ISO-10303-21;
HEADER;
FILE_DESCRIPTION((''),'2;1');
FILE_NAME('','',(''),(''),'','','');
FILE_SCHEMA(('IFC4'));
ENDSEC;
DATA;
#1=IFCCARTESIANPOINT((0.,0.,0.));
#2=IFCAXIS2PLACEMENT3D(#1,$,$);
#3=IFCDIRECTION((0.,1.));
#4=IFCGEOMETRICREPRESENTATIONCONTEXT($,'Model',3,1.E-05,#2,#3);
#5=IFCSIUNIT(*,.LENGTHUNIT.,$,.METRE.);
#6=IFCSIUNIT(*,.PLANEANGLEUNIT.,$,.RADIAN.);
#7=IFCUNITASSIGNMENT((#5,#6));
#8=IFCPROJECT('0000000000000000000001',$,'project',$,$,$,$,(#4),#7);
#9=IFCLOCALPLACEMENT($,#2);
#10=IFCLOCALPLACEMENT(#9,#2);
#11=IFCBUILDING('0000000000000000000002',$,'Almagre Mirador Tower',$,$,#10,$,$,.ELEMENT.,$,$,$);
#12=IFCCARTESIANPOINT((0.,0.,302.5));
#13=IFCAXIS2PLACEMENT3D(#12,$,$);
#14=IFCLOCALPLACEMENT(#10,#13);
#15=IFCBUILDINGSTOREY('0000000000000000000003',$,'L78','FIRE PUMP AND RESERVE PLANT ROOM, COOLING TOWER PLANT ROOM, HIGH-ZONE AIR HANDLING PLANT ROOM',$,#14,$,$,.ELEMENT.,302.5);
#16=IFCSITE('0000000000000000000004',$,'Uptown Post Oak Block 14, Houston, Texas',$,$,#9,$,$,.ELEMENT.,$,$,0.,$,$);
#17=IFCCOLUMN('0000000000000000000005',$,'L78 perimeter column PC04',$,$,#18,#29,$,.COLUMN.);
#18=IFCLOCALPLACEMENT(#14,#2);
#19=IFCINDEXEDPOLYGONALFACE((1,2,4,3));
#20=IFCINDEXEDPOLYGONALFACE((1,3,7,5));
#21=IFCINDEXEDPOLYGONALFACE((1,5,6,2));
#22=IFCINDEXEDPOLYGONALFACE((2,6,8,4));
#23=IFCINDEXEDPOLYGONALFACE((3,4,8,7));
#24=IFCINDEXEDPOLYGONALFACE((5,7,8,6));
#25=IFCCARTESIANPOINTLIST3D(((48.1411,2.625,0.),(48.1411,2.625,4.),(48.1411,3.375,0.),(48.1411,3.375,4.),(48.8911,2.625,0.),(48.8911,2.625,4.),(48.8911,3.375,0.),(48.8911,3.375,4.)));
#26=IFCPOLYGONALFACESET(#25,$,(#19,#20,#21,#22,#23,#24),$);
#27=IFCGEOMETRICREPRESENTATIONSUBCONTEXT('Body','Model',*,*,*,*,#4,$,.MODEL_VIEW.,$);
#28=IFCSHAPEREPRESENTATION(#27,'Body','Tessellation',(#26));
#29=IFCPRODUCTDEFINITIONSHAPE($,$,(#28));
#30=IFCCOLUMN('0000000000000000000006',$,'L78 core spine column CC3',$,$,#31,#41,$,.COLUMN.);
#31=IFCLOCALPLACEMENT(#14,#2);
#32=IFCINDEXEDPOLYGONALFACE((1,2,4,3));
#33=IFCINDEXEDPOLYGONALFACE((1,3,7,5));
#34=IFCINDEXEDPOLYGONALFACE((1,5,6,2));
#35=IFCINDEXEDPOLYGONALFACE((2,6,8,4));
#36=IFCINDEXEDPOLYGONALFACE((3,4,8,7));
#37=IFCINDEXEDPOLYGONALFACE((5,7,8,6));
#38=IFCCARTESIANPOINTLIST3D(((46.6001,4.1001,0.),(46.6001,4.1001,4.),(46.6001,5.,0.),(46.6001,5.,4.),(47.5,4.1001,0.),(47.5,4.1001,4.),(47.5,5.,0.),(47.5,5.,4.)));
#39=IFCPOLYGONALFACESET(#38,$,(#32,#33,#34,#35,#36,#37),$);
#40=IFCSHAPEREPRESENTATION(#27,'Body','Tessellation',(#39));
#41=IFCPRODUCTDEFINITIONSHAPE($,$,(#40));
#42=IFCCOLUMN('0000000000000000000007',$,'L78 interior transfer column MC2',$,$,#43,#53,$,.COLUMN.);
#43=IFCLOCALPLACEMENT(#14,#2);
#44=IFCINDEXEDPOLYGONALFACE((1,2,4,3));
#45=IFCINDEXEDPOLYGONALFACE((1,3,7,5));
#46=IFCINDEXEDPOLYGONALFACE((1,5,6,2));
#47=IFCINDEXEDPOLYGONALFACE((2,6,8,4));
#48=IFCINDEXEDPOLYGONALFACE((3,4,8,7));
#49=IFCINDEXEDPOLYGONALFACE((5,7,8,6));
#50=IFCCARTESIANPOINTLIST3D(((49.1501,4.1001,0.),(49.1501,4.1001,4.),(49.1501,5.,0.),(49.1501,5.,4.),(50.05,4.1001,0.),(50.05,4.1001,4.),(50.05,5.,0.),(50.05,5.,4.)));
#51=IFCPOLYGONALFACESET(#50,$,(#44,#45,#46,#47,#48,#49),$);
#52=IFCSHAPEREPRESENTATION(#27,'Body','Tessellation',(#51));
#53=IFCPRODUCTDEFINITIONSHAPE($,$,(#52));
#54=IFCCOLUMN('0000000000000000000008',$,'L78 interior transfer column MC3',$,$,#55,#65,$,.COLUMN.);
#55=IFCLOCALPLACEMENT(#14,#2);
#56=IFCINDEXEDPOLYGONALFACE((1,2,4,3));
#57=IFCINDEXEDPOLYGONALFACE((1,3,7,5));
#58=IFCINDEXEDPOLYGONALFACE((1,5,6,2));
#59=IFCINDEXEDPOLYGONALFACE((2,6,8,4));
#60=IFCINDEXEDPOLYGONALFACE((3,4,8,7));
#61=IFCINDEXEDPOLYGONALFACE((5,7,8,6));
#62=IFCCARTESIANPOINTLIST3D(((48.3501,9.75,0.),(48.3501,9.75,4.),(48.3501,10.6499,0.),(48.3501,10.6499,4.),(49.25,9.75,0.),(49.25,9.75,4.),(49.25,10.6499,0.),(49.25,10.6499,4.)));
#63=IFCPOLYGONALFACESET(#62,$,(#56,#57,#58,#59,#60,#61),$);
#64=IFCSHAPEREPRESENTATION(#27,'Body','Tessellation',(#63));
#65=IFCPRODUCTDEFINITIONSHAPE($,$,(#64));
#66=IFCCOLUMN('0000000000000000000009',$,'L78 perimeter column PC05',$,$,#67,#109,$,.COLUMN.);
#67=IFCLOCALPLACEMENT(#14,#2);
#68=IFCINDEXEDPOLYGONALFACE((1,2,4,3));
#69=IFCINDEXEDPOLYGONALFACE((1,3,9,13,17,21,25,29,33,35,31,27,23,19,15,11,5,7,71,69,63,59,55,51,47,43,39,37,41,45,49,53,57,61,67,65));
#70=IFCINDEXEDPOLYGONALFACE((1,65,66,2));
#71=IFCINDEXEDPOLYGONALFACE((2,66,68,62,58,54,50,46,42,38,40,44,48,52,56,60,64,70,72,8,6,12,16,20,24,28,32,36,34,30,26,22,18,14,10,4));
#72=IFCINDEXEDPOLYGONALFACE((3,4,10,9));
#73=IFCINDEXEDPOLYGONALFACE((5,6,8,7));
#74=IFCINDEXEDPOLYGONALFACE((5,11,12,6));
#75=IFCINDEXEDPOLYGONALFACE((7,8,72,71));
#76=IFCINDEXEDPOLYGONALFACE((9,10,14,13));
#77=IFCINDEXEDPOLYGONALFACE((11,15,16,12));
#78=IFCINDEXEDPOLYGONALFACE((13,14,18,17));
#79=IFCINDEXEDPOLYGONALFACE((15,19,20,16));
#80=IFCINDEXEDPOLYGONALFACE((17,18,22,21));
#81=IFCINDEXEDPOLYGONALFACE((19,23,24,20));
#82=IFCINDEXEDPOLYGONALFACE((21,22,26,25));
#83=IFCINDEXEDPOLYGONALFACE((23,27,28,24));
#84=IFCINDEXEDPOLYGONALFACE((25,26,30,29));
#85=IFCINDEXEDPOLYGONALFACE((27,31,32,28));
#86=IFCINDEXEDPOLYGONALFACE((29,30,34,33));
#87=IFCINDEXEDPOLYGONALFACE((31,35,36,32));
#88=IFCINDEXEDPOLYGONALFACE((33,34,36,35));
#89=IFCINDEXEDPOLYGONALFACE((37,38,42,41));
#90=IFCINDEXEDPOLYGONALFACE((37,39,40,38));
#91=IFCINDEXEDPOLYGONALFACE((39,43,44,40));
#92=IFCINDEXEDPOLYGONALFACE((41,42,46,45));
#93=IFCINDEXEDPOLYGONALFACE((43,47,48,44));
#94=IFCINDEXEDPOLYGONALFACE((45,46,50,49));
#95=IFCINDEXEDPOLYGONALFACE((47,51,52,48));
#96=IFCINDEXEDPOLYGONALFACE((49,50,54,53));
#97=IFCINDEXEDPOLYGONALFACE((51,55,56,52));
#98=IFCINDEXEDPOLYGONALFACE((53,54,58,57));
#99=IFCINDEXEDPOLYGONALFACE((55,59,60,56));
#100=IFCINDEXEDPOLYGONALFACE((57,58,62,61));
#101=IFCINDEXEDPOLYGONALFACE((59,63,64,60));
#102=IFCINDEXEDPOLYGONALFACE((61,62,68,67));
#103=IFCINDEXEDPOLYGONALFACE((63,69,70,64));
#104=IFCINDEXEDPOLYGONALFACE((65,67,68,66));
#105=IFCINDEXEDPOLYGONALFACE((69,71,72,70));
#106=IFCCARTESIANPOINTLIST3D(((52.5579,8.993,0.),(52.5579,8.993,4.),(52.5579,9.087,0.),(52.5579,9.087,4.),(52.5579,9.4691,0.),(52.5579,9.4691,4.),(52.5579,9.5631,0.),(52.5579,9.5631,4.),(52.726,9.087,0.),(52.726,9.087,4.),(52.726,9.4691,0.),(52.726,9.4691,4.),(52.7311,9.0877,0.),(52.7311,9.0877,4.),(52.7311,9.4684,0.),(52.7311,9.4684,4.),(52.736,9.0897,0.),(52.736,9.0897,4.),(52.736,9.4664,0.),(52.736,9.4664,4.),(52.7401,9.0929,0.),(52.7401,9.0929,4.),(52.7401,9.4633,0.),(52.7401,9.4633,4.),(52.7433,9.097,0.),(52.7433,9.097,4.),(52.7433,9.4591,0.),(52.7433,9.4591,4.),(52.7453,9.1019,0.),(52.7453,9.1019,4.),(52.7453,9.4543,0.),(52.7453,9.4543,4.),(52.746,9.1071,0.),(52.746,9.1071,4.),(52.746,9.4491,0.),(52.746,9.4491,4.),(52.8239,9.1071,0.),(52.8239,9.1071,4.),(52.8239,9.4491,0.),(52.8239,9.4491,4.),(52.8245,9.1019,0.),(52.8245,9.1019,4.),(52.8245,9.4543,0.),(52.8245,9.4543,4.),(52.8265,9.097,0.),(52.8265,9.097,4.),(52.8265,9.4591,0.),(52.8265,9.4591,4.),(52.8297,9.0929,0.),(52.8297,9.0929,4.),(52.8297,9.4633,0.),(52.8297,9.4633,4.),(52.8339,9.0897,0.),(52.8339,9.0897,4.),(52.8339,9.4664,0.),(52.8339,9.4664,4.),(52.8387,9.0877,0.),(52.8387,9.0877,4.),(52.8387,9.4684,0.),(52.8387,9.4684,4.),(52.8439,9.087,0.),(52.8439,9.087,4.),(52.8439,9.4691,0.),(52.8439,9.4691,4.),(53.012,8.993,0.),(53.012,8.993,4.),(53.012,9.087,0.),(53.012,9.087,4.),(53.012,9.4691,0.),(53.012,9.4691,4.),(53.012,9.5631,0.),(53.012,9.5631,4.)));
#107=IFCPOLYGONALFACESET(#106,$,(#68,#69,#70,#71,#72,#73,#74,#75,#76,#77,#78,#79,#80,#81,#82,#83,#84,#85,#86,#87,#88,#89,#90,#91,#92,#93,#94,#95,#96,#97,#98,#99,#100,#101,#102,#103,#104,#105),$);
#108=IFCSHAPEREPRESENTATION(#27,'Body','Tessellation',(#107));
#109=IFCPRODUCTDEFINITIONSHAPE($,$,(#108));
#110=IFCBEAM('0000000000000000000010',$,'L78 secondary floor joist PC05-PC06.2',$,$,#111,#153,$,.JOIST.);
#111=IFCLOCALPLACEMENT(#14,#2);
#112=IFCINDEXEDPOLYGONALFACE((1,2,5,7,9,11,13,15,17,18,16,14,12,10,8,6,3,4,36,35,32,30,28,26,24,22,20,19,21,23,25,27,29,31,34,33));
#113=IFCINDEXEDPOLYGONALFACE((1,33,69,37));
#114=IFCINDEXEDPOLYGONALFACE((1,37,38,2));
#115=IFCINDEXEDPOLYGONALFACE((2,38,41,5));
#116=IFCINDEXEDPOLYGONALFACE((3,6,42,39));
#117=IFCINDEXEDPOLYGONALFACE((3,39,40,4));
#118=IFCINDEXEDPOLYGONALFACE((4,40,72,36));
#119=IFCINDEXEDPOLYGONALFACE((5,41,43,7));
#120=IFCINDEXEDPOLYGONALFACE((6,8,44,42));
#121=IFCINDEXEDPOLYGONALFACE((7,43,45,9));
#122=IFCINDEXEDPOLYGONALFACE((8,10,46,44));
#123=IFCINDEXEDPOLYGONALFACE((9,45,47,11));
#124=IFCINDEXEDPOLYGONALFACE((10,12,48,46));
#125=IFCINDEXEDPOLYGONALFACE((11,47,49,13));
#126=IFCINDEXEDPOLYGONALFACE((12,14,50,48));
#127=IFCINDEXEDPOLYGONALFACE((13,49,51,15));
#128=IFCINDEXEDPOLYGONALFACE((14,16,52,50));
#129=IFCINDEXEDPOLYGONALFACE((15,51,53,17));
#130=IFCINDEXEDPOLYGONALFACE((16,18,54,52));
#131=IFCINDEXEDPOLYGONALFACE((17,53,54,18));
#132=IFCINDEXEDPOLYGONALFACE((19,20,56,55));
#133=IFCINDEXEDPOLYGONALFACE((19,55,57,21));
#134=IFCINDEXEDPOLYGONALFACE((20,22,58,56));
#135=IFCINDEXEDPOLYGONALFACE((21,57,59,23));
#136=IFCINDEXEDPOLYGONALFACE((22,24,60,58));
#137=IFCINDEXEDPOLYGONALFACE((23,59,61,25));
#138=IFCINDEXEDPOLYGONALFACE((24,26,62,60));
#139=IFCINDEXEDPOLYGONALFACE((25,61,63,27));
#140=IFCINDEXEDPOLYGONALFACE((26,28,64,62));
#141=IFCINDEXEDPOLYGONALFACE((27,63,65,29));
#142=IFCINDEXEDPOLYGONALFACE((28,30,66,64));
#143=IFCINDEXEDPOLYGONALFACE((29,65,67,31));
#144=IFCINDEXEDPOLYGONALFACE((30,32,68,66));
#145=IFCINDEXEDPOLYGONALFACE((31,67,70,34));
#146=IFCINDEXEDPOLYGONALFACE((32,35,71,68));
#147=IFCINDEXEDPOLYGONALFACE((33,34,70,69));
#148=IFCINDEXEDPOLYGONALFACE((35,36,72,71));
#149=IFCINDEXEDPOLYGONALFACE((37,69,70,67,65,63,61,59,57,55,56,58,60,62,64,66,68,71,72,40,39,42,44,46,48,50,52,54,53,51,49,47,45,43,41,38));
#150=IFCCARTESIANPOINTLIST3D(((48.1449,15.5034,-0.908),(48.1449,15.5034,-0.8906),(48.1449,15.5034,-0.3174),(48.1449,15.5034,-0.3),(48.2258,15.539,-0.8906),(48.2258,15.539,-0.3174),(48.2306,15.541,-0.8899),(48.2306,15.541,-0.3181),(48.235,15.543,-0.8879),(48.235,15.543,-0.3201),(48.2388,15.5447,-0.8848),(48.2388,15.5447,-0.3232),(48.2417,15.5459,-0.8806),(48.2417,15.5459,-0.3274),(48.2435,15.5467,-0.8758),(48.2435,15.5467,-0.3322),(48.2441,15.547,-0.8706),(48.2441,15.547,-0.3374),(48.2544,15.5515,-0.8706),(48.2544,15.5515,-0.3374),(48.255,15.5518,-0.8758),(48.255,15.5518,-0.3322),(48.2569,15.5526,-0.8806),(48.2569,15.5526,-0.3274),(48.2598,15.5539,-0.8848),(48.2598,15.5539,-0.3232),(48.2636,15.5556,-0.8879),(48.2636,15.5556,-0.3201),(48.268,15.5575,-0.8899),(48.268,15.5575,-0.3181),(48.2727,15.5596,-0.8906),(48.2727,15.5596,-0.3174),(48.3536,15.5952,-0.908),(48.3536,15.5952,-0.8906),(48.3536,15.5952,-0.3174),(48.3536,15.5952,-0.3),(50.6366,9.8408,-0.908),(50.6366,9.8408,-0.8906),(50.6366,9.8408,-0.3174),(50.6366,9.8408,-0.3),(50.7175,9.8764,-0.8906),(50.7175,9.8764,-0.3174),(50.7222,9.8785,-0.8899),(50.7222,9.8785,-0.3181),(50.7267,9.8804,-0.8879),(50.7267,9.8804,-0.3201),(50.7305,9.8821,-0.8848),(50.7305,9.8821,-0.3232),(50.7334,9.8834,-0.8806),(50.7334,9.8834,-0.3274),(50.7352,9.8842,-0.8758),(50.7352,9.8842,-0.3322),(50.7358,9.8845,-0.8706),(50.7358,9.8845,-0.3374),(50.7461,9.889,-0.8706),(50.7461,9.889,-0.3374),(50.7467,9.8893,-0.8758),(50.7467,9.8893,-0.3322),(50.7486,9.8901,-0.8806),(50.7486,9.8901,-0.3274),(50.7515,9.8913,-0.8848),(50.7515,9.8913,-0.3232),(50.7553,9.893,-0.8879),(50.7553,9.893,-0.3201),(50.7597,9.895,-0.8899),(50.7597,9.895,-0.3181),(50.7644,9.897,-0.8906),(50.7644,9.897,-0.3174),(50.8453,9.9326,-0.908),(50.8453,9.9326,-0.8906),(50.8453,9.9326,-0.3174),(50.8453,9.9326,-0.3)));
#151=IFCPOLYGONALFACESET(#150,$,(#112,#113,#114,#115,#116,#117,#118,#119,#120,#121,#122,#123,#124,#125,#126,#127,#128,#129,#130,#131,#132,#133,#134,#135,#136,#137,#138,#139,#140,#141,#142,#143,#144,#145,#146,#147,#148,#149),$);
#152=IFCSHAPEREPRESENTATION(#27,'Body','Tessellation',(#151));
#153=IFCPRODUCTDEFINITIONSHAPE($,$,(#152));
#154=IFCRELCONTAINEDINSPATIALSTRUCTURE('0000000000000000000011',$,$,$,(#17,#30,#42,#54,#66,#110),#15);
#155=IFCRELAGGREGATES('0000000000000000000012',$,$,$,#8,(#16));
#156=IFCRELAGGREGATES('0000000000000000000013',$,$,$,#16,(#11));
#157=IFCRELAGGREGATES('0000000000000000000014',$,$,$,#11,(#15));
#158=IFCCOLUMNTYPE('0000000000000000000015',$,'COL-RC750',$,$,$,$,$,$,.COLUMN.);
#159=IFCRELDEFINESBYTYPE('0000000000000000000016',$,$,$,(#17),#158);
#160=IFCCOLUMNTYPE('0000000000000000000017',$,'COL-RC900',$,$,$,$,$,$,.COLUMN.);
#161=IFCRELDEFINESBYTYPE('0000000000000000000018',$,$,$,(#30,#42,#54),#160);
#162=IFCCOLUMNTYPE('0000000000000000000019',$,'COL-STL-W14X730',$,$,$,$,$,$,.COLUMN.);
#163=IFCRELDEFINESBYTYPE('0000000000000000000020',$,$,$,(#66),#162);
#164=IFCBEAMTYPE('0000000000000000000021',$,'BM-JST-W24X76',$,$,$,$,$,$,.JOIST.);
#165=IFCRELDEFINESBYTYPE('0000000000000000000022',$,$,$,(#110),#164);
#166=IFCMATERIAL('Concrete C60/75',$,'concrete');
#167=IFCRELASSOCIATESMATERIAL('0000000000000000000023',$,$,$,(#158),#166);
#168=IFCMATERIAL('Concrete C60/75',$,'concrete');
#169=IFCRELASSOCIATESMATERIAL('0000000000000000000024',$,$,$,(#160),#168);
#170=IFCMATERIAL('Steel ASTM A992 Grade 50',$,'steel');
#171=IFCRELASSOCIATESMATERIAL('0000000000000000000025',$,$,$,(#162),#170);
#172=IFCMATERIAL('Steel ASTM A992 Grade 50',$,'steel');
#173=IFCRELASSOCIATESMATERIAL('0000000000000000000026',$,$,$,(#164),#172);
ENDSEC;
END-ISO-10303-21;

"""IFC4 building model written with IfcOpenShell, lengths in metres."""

from ifc_helpers import new_model, si_unit, direction, frame, origin, origin_2d, place, context, subcontext, project, spatial, rectangle, i_section, extrude, material, material_profile, profile_set, type_object, element, save


model = new_model("IFC4")

# Units and contexts
model_context = context("Model", 3, precision=1e-05, world=origin(), true_north=direction((0.0, 1.0)))
body_context = subcontext(model_context, "Body", "Model", "MODEL_VIEW")
ifc_project = project(units=[si_unit("LENGTHUNIT", "METRE"), si_unit("PLANEANGLEUNIT", "RADIAN")], contexts=[model_context])

# Site, building, storey
site_placement = place(None, origin())
site = spatial("IfcSite", under=ifc_project, at=site_placement, Name="Uptown Post Oak Block 14, Houston, Texas", CompositionType="ELEMENT", RefElevation=0.0)
building_placement = place(site_placement, origin())
building = spatial("IfcBuilding", under=site, at=building_placement, Name="Almagre Mirador Tower", CompositionType="ELEMENT")
storey_placement = place(building_placement, frame((0.0, 0.0, 302.5)))
storey = spatial("IfcBuildingStorey", under=building, at=storey_placement, Name="L78", Description="FIRE PUMP AND RESERVE PLANT ROOM, COOLING TOWER PLANT ROOM, HIGH-ZONE AIR HANDLING PLANT ROOM", CompositionType="ELEMENT", Elevation=302.5)

# Columns
ifc_material_1 = material(Name="Concrete C60/75", Category="concrete")
ifc_material_profile_1 = material_profile(ifc_material_1, rectangle(XDim=0.75, YDim=0.75, at=origin_2d()), Name="RC750X750")
ifc_profile_set_1 = profile_set([ifc_material_profile_1], Name="Concrete C60/75")
column_type_1 = type_object("IfcColumnType", Name="COL-RC750", PredefinedType="COLUMN", material=ifc_profile_set_1)
column_1_placement = place(storey_placement, frame((48.5161, 3.0, 0.0), z_axis=(0.0, 0.0, 1.0), x_axis=(1.0, 0.0, 0.0)))
element("IfcColumn", 1, at=column_1_placement, inside=storey, type_object=column_type_1, Name="L78 perimeter column PC04", PredefinedType="COLUMN", context=body_context, shape_type="SweptSolid", body=[
    extrude(rectangle(XDim=0.75, YDim=0.75, at=origin_2d()), origin(), (0.0, 0.0, 1.0), 4.0),
])
ifc_material_2 = material(Name="Concrete C60/75", Category="concrete")
ifc_material_profile_2 = material_profile(ifc_material_2, rectangle(XDim=0.8999, YDim=0.8999, at=origin_2d()), Name="RC900X900")
ifc_profile_set_2 = profile_set([ifc_material_profile_2], Name="Concrete C60/75")
column_type_2 = type_object("IfcColumnType", Name="COL-RC900", PredefinedType="COLUMN", material=ifc_profile_set_2)
for number, where, z_axis, x_axis, name in (
    (2, (47.05, 4.55, 0.0), (0.0, 0.0, 1.0), (1.0, 0.0, 0.0), "L78 core spine column CC3"),
    (3, (49.6001, 4.55, 0.0), (0.0, 0.0, 1.0), (1.0, 0.0, 0.0), "L78 interior transfer column MC2"),
    (4, (48.8, 10.2, 0.0), (0.0, 0.0, 1.0), (1.0, 0.0, 0.0), "L78 interior transfer column MC3"),
):
    element("IfcColumn", number, at=place(storey_placement, frame(where, z_axis=z_axis, x_axis=x_axis)), inside=storey, type_object=column_type_2, Name=name, PredefinedType="COLUMN", context=body_context, shape_type="SweptSolid", body=[
        extrude(rectangle(XDim=0.8999, YDim=0.8999, at=origin_2d()), origin(), (0.0, 0.0, 1.0), 4.0),
    ])
ifc_material_3 = material(Name="Steel ASTM A992 Grade 50", Category="steel")
ifc_material_profile_3 = material_profile(ifc_material_3, i_section(OverallWidth=0.4541, OverallDepth=0.5701, WebThickness=0.0779, FlangeThickness=0.094, FilletRadius=0.02, at=origin_2d()), Name="W14X730")
ifc_profile_set_3 = profile_set([ifc_material_profile_3], Name="Steel ASTM A992 Grade 50")
column_type_3 = type_object("IfcColumnType", Name="COL-STL-W14X730", PredefinedType="COLUMN", material=ifc_profile_set_3)
column_2_placement = place(storey_placement, frame((52.7849, 9.2781, 0.0), z_axis=(0.0, 0.0, 1.0), x_axis=(1.0, 0.0, 0.0)))
element("IfcColumn", 5, at=column_2_placement, inside=storey, type_object=column_type_3, Name="L78 perimeter column PC05", PredefinedType="COLUMN", context=body_context, shape_type="SweptSolid", body=[
    extrude(i_section(OverallWidth=0.4541, OverallDepth=0.5701, WebThickness=0.0779, FlangeThickness=0.094, FilletRadius=0.02, at=origin_2d()), origin(), (0.0, 0.0, 1.0), 4.0),
])

# Beam
ifc_material_4 = material(Name="Steel ASTM A992 Grade 50", Category="steel")
ifc_material_profile_4 = material_profile(ifc_material_4, i_section(OverallWidth=0.228, OverallDepth=0.6079, WebThickness=0.0112, FlangeThickness=0.0173, FilletRadius=0.02, at=origin_2d()), Name="W24X76")
ifc_profile_set_4 = profile_set([ifc_material_profile_4], Name="Steel ASTM A992 Grade 50")
beam_type_1 = type_object("IfcBeamType", Name="BM-JST-W24X76", PredefinedType="JOIST", material=ifc_profile_set_4)
beam_1_placement = place(storey_placement, frame((50.741, 9.8867, -0.604), z_axis=(-0.40276, 0.915306, 0.0), x_axis=(-0.915306, -0.40276, 0.0)))
element("IfcBeam", 6, at=beam_1_placement, inside=storey, type_object=beam_type_1, Name="L78 secondary floor joist PC05-PC06.2", PredefinedType="JOIST", context=body_context, shape_type="SweptSolid", body=[
    extrude(i_section(OverallWidth=0.228, OverallDepth=0.6079, WebThickness=0.0112, FlangeThickness=0.0173, FilletRadius=0.02, at=origin_2d()), origin(), (0.0, 0.0, 1.0), 6.1865),
])

save(model, "model.ifc")
